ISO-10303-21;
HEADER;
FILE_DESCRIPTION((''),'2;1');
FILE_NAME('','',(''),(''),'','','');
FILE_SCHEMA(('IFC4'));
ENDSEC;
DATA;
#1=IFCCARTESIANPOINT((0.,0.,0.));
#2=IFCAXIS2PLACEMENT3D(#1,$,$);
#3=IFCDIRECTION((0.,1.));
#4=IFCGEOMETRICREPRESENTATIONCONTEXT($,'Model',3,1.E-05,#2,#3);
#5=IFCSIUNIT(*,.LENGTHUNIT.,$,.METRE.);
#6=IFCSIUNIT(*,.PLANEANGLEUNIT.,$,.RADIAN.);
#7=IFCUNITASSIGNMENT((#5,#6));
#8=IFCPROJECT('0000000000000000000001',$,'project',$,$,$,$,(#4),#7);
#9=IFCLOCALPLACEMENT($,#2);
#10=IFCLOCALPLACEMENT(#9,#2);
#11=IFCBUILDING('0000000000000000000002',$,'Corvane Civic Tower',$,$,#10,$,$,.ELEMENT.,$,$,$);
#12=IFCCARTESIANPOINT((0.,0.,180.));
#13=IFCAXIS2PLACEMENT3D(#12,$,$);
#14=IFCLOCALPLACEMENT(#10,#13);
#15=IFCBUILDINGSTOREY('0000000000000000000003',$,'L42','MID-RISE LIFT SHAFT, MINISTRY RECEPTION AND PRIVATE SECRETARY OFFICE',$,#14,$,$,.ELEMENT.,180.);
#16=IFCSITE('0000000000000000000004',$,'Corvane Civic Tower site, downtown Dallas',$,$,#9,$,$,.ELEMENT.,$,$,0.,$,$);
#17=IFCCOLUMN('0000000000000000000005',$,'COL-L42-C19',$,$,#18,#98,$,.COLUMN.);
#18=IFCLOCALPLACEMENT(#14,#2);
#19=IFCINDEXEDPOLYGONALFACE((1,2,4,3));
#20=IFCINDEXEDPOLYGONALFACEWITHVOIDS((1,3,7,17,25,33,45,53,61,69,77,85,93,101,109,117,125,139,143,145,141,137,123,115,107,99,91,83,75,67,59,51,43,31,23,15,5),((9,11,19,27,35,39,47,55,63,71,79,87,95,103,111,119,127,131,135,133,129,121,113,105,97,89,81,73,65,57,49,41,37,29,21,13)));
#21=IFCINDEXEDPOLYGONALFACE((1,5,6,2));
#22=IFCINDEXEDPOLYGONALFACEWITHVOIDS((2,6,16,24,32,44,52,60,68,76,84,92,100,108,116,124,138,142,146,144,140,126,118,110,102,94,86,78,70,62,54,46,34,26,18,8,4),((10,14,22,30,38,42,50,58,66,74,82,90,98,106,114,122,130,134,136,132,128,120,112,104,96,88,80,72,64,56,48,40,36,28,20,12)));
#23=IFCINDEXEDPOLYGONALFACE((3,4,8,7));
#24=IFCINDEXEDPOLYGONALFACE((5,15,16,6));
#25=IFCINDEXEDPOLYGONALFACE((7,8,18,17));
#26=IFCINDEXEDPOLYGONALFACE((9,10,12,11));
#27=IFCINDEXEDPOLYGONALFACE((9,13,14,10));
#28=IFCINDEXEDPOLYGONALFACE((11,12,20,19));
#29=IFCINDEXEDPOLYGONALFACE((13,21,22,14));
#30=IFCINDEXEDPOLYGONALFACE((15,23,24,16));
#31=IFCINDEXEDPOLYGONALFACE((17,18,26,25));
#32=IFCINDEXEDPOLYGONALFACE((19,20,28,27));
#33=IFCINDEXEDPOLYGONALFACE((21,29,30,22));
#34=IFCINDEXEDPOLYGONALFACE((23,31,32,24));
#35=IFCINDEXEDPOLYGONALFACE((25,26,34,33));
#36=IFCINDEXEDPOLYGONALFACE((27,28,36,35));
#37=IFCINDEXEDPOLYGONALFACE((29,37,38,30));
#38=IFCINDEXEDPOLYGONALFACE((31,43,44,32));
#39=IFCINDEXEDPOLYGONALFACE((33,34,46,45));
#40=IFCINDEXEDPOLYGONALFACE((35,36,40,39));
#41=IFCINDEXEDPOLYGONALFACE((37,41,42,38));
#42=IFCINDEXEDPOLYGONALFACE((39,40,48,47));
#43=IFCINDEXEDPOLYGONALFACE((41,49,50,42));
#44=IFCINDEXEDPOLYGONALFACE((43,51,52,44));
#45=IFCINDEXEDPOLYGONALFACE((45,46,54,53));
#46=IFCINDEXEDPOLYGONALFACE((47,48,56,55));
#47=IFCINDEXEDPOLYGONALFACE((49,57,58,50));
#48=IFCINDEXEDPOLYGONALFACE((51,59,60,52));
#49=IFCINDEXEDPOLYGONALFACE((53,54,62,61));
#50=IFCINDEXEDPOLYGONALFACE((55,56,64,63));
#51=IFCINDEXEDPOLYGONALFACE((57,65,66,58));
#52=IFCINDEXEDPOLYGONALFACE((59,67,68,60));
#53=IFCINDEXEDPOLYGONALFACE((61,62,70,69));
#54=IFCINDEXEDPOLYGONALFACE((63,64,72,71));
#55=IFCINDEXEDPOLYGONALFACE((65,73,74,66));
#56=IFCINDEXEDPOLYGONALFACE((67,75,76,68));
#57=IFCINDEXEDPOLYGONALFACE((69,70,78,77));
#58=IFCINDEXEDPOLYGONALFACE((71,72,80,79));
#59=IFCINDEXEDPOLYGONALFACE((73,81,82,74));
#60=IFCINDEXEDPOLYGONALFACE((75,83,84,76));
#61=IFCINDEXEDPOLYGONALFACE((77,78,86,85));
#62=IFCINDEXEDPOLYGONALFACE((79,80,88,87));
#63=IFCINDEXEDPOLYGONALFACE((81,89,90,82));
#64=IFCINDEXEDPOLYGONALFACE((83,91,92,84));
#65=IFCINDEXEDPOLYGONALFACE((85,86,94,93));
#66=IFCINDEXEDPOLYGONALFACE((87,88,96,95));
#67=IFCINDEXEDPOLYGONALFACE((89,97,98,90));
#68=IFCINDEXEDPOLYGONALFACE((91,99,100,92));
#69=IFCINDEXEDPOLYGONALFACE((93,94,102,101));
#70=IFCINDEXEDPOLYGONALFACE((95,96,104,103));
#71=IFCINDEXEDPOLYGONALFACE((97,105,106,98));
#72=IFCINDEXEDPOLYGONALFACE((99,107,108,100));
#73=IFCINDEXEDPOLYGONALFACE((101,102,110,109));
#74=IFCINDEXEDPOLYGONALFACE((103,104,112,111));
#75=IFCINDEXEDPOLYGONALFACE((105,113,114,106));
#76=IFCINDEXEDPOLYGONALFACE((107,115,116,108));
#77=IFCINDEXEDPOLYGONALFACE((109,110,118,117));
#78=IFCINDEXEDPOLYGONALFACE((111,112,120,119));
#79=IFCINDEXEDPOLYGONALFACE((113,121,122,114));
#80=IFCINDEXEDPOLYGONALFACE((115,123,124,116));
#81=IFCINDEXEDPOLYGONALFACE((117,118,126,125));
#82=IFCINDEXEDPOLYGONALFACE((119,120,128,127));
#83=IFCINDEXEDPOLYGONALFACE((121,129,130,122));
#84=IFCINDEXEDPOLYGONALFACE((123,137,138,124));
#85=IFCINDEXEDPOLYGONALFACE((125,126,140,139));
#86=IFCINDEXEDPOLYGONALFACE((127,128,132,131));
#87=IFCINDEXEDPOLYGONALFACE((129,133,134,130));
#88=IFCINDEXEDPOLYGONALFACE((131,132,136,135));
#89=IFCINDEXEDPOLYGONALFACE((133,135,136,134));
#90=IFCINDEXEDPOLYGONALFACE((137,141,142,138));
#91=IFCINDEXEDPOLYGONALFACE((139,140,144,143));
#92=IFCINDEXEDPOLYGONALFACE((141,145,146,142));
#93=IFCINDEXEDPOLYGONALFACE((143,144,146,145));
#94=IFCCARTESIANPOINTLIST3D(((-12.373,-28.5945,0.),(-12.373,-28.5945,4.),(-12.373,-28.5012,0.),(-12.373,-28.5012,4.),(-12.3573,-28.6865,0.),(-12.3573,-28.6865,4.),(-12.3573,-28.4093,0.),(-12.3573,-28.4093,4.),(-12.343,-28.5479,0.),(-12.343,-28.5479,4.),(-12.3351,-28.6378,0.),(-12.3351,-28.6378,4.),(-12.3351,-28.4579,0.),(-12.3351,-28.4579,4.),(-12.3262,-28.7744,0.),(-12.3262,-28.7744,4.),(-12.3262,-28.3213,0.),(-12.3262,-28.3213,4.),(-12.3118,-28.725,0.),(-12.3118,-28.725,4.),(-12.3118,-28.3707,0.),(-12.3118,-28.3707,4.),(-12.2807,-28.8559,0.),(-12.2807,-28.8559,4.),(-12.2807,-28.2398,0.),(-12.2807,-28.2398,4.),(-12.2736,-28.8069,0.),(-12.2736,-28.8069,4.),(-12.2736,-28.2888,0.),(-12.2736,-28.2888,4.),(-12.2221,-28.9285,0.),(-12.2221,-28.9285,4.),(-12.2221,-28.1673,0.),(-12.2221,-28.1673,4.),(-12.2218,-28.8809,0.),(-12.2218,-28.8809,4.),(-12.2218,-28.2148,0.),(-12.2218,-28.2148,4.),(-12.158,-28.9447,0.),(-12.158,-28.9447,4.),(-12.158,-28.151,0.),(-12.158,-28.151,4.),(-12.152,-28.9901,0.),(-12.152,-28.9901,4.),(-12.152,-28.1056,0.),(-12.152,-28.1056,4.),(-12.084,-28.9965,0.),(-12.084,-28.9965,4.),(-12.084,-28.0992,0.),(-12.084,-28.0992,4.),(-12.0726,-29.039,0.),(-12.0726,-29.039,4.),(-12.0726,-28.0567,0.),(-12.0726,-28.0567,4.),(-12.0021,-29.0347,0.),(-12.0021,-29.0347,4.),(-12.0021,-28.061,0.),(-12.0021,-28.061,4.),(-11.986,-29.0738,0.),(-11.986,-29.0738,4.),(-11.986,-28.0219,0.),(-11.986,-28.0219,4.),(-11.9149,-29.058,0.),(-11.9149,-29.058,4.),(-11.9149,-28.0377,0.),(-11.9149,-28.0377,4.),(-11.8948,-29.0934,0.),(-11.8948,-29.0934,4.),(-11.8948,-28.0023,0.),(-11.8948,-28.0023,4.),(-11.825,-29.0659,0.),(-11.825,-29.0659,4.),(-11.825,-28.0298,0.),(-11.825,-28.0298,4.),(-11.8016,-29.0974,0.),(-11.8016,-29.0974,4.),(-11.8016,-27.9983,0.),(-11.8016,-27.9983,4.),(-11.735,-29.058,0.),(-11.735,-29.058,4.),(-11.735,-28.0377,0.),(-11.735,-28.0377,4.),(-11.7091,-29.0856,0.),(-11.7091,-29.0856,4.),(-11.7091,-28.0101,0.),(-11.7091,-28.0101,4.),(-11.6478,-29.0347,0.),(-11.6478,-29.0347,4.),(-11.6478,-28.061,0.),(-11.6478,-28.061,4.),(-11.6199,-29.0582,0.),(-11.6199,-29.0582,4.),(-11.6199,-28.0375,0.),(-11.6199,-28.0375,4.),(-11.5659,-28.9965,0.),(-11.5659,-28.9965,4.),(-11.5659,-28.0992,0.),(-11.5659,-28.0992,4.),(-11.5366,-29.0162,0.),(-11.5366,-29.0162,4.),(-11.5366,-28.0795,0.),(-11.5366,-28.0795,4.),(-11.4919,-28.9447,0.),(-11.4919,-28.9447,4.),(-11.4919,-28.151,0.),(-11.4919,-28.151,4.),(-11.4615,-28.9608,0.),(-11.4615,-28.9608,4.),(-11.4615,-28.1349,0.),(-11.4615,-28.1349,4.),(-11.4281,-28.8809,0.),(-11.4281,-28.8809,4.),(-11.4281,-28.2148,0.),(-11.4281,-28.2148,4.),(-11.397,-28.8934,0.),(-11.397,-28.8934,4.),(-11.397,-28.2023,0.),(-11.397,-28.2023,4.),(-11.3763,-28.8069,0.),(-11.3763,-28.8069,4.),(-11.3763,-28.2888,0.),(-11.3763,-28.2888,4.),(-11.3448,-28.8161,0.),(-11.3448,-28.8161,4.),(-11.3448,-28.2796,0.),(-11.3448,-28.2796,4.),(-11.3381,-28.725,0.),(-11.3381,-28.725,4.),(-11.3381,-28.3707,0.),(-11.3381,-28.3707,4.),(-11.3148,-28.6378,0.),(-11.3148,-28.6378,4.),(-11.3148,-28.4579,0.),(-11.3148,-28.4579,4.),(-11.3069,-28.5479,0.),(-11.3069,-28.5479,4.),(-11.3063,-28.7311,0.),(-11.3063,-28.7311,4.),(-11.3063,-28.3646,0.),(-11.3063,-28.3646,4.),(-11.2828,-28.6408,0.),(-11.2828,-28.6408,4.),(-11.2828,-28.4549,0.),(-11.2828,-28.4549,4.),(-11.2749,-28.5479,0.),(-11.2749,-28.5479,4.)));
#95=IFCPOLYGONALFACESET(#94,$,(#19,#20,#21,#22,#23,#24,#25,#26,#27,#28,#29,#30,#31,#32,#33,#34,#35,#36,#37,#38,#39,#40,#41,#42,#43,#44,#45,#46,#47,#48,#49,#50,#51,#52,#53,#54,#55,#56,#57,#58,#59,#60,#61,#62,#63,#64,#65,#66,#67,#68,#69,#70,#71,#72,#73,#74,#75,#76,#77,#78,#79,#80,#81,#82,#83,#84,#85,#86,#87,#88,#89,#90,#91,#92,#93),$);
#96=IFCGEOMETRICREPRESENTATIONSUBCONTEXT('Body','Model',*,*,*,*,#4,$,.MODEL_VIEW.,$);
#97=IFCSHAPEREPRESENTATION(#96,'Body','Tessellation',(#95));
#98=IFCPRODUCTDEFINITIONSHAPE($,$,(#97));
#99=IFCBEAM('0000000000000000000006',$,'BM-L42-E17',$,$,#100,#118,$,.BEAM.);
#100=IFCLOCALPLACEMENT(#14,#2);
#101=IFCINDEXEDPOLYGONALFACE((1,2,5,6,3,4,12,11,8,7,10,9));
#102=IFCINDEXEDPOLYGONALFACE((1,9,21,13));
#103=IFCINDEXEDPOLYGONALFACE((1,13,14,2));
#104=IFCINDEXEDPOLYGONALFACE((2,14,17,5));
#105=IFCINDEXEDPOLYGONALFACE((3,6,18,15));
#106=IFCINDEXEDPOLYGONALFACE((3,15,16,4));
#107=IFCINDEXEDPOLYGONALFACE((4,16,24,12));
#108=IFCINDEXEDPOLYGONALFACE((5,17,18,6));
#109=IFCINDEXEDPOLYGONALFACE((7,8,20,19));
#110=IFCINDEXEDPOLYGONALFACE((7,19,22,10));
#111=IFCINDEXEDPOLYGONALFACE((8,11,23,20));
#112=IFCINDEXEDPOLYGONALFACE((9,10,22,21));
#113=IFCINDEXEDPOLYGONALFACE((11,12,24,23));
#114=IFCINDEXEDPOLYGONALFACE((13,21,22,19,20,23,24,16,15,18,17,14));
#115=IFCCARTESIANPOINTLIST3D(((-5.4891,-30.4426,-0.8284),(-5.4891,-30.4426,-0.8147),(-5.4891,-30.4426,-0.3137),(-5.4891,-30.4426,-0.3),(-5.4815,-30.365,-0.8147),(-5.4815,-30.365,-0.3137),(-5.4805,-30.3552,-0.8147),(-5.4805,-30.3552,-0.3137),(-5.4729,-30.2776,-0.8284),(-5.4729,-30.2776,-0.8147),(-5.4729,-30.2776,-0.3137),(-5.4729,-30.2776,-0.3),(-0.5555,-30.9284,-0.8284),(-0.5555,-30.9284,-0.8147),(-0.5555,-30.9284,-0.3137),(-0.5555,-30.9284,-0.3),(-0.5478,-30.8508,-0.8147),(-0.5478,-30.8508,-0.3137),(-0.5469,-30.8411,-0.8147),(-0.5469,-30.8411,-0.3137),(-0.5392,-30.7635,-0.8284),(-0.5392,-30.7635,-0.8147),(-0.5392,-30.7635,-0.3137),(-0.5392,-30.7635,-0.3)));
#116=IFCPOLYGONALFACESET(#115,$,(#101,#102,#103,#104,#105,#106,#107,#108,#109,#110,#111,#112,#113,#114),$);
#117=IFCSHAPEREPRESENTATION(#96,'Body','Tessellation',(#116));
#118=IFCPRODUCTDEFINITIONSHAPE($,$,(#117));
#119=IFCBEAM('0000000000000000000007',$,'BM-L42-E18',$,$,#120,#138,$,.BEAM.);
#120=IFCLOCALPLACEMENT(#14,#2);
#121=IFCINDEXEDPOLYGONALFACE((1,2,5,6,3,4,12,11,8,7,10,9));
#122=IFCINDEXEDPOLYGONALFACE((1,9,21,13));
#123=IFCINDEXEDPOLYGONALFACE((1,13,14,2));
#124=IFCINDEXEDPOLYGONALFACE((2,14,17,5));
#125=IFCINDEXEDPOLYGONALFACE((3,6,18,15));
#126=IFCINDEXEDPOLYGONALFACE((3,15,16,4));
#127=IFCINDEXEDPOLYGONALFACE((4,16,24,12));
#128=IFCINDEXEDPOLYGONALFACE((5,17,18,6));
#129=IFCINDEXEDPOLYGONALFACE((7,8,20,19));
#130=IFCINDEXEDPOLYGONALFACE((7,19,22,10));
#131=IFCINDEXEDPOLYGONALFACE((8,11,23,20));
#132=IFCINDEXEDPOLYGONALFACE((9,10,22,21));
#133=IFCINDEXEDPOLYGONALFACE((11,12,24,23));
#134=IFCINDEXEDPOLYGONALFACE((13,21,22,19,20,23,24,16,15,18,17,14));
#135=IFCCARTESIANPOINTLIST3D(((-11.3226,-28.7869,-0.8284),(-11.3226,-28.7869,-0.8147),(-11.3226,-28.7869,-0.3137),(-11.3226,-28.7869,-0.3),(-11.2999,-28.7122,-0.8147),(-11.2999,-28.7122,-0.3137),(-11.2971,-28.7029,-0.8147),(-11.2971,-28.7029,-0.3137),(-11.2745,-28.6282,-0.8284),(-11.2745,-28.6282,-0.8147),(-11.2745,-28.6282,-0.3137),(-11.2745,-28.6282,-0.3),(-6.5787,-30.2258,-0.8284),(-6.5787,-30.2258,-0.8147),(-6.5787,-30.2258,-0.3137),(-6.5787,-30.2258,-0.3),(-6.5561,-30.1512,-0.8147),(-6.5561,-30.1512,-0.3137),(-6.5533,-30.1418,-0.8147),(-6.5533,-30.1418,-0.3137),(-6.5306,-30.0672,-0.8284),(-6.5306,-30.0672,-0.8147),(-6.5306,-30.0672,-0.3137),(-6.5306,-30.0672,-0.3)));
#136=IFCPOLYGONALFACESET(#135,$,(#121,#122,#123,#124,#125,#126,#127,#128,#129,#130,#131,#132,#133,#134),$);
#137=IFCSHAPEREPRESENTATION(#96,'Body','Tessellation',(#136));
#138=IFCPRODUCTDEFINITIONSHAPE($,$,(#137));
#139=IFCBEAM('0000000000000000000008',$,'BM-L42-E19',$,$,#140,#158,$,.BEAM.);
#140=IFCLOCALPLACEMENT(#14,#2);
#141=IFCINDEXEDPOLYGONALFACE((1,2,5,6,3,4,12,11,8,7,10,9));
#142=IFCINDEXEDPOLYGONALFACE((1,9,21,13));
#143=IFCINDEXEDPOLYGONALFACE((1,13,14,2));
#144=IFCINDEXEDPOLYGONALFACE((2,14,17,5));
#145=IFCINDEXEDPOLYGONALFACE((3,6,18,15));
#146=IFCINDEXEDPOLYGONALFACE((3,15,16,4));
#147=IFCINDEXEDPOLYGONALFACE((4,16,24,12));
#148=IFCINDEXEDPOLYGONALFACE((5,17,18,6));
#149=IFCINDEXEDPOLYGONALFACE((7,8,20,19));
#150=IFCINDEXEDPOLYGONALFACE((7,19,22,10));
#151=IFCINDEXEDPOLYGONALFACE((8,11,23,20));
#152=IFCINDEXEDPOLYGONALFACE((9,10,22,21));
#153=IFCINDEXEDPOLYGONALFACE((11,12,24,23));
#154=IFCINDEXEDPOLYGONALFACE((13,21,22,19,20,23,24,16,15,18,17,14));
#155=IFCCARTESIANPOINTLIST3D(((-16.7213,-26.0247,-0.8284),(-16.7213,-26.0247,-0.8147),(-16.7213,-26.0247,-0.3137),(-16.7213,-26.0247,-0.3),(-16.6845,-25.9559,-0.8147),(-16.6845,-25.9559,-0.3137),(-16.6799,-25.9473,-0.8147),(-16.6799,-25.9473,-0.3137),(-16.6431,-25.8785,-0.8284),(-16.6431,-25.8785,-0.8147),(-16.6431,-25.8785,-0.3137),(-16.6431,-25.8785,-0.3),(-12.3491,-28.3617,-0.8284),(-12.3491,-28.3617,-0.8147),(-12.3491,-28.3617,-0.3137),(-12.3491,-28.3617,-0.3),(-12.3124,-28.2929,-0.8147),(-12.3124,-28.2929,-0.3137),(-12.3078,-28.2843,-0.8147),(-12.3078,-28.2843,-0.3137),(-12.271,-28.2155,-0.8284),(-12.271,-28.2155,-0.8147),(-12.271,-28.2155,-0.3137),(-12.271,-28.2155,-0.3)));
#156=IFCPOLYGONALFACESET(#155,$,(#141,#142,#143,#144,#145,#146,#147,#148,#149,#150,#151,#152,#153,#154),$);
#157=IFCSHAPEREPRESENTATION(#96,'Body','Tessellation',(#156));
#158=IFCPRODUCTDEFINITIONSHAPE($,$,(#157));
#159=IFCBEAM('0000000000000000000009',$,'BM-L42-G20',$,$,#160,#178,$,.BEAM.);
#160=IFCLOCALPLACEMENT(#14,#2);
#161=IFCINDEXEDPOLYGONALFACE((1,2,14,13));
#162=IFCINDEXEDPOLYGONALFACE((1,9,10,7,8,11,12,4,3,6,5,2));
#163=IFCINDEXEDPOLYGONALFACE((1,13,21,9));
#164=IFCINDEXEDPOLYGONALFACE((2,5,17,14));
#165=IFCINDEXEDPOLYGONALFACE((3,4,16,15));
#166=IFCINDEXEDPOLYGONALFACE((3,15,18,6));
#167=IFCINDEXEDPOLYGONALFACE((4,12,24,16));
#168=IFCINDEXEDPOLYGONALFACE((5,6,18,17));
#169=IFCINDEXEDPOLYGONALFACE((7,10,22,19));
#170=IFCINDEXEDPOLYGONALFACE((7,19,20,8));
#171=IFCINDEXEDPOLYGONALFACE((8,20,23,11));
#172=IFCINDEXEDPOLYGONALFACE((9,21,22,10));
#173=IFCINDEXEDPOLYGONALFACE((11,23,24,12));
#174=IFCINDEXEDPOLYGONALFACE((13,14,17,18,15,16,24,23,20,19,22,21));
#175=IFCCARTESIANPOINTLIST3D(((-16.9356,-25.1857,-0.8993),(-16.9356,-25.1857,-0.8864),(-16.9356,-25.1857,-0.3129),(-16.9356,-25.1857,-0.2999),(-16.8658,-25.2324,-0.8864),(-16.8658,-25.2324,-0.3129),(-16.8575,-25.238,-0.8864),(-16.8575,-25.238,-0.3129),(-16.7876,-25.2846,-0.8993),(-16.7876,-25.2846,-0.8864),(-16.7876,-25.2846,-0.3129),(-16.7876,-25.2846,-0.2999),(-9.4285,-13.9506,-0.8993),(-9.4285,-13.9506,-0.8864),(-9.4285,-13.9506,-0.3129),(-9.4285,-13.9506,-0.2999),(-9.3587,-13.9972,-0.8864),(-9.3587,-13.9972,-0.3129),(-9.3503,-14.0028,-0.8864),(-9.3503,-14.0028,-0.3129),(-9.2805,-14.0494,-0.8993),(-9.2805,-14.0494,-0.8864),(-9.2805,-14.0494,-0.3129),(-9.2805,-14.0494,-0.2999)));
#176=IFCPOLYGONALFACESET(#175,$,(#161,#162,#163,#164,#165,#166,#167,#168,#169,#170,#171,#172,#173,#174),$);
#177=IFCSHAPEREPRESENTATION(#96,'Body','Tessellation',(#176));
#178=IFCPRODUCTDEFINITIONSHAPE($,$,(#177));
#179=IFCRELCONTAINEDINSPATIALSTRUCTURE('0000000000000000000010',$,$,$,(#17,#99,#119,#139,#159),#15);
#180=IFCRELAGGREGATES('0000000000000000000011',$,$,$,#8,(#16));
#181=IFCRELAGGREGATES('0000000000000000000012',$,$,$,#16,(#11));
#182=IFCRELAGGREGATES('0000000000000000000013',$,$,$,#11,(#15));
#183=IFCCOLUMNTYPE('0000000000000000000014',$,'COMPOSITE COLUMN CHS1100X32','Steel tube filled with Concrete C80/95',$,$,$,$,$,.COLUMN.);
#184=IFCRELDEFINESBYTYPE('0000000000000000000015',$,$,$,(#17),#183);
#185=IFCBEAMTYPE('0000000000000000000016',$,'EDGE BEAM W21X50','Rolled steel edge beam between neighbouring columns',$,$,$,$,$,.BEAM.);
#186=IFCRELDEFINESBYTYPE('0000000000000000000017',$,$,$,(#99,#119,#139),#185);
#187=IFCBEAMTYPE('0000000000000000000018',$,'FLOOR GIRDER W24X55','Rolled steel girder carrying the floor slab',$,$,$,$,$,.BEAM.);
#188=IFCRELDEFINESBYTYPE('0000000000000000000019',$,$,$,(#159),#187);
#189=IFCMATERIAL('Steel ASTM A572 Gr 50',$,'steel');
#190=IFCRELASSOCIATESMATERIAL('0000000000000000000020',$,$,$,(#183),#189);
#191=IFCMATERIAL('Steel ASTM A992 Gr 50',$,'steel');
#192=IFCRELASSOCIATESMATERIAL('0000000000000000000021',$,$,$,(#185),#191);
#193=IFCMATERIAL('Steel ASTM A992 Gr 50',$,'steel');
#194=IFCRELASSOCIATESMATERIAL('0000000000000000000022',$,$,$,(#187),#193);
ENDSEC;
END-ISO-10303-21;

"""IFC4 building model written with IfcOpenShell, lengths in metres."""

from ifc_helpers import new_model, si_unit, direction, frame, origin, origin_2d, place, context, subcontext, project, spatial, hollow_circle, i_section, extrude, material, material_profile, profile_set, type_object, element, save


model = new_model("IFC4")

# Units and contexts
model_context = context("Model", 3, precision=1e-05, world=origin(), true_north=direction((0.0, 1.0)))
body_context = subcontext(model_context, "Body", "Model", "MODEL_VIEW")
ifc_project = project(units=[si_unit("LENGTHUNIT", "METRE"), si_unit("PLANEANGLEUNIT", "RADIAN")], contexts=[model_context])

# Site, building, storey
site_placement = place(None, origin())
site = spatial("IfcSite", under=ifc_project, at=site_placement, Name="Corvane Civic Tower site, downtown Dallas", CompositionType="ELEMENT", RefElevation=0.0)
building_placement = place(site_placement, origin())
building = spatial("IfcBuilding", under=site, at=building_placement, Name="Corvane Civic Tower", CompositionType="ELEMENT")
storey_placement = place(building_placement, frame((0.0, 0.0, 180.0)))
storey = spatial("IfcBuildingStorey", under=building, at=storey_placement, Name="L42", Description="MID-RISE LIFT SHAFT, MINISTRY RECEPTION AND PRIVATE SECRETARY OFFICE", CompositionType="ELEMENT", Elevation=180.0)

# Column
ifc_material_1 = material(Name="Steel ASTM A572 Gr 50", Category="steel")
ifc_material_profile_1 = material_profile(ifc_material_1, hollow_circle(Radius=0.55, WallThickness=0.032, at=origin_2d()), Name="CHS1100X32")
ifc_profile_set_1 = profile_set([ifc_material_profile_1], Name="Steel ASTM A572 Gr 50")
column_type = type_object("IfcColumnType", Name="COMPOSITE COLUMN CHS1100X32", Description="Steel tube filled with Concrete C80/95", PredefinedType="COLUMN", material=ifc_profile_set_1)
for number, where, z_axis, x_axis, name in (
    (1, (-11.825, -28.5479, 0.0), (0.0, 0.0, 1.0), (1.0, 0.0, 0.0), "COL-L42-C19"),
):
    element("IfcColumn", number, at=place(storey_placement, frame(where, z_axis=z_axis, x_axis=x_axis)), inside=storey, type_object=column_type, Name=name, PredefinedType="COLUMN", context=body_context, shape_type="SweptSolid", body=[
        extrude(hollow_circle(Radius=0.55, WallThickness=0.032, at=origin_2d()), origin(), (0.0, 0.0, 1.0), 4.0),
    ])

# Beams
ifc_material_2 = material(Name="Steel ASTM A992 Gr 50", Category="steel")
ifc_material_profile_2 = material_profile(ifc_material_2, i_section(OverallWidth=0.1658, OverallDepth=0.5283, WebThickness=0.0098, FlangeThickness=0.0137, at=origin_2d()), Name="W21X50")
ifc_profile_set_2 = profile_set([ifc_material_profile_2], Name="Steel ASTM A992 Gr 50")
beam_type_1 = type_object("IfcBeamType", Name="EDGE BEAM W21X50", Description="Rolled steel edge beam between neighbouring columns", PredefinedType="BEAM", material=ifc_profile_set_2)
beam_1_placement = place(storey_placement, frame((-0.5474, -30.8459, -0.5642), z_axis=(-0.995186, 0.098002, 0.0), x_axis=(-0.098002, -0.995186, 0.0)))
element("IfcBeam", 2, at=beam_1_placement, inside=storey, type_object=beam_type_1, Name="BM-L42-E17", PredefinedType="BEAM", context=body_context, shape_type="SweptSolid", body=[
    extrude(i_section(OverallWidth=0.1658, OverallDepth=0.5283, WebThickness=0.0098, FlangeThickness=0.0137, at=origin_2d()), origin(), (0.0, 0.0, 1.0), 4.9575),
])
beam_2_placement = place(storey_placement, frame((-6.5547, -30.1465, -0.5642), z_axis=(-0.956945, 0.29027, 0.0), x_axis=(-0.29027, -0.956945, 0.0)))
element("IfcBeam", 3, at=beam_2_placement, inside=storey, type_object=beam_type_1, Name="BM-L42-E18", PredefinedType="BEAM", context=body_context, shape_type="SweptSolid", body=[
    extrude(i_section(OverallWidth=0.1658, OverallDepth=0.5283, WebThickness=0.0098, FlangeThickness=0.0137, at=origin_2d()), origin(), (0.0, 0.0, 1.0), 4.9573),
])
beam_3_placement = place(storey_placement, frame((-12.3101, -28.2886, -0.5642), z_axis=(-0.881922, 0.471396, 0.0), x_axis=(-0.471396, -0.881922, 0.0)))
element("IfcBeam", 4, at=beam_3_placement, inside=storey, type_object=beam_type_1, Name="BM-L42-E19", PredefinedType="BEAM", context=body_context, shape_type="SweptSolid", body=[
    extrude(i_section(OverallWidth=0.1658, OverallDepth=0.5283, WebThickness=0.0098, FlangeThickness=0.0137, at=origin_2d()), origin(), (0.0, 0.0, 1.0), 4.9575),
])
ifc_material_3 = material(Name="Steel ASTM A992 Gr 50", Category="steel")
ifc_material_profile_3 = material_profile(ifc_material_3, i_section(OverallWidth=0.178, OverallDepth=0.5994, WebThickness=0.01, FlangeThickness=0.0129, at=origin_2d()), Name="W24X55")
ifc_profile_set_3 = profile_set([ifc_material_profile_3], Name="Steel ASTM A992 Gr 50")
beam_type_2 = type_object("IfcBeamType", Name="FLOOR GIRDER W24X55", Description="Rolled steel girder carrying the floor slab", PredefinedType="BEAM", material=ifc_profile_set_3)
beam_4_placement = place(storey_placement, frame((-9.3545, -14.0, -0.5996), z_axis=(-0.555571, -0.831469, 0.0), x_axis=(0.831469, -0.555571, 0.0)))
element("IfcBeam", 5, at=beam_4_placement, inside=storey, type_object=beam_type_2, Name="BM-L42-G20", PredefinedType="BEAM", context=body_context, shape_type="SweptSolid", body=[
    extrude(i_section(OverallWidth=0.178, OverallDepth=0.5994, WebThickness=0.01, FlangeThickness=0.0129, at=origin_2d()), origin(), (0.0, 0.0, 1.0), 13.5125),
])

save(model, "model.ifc")
